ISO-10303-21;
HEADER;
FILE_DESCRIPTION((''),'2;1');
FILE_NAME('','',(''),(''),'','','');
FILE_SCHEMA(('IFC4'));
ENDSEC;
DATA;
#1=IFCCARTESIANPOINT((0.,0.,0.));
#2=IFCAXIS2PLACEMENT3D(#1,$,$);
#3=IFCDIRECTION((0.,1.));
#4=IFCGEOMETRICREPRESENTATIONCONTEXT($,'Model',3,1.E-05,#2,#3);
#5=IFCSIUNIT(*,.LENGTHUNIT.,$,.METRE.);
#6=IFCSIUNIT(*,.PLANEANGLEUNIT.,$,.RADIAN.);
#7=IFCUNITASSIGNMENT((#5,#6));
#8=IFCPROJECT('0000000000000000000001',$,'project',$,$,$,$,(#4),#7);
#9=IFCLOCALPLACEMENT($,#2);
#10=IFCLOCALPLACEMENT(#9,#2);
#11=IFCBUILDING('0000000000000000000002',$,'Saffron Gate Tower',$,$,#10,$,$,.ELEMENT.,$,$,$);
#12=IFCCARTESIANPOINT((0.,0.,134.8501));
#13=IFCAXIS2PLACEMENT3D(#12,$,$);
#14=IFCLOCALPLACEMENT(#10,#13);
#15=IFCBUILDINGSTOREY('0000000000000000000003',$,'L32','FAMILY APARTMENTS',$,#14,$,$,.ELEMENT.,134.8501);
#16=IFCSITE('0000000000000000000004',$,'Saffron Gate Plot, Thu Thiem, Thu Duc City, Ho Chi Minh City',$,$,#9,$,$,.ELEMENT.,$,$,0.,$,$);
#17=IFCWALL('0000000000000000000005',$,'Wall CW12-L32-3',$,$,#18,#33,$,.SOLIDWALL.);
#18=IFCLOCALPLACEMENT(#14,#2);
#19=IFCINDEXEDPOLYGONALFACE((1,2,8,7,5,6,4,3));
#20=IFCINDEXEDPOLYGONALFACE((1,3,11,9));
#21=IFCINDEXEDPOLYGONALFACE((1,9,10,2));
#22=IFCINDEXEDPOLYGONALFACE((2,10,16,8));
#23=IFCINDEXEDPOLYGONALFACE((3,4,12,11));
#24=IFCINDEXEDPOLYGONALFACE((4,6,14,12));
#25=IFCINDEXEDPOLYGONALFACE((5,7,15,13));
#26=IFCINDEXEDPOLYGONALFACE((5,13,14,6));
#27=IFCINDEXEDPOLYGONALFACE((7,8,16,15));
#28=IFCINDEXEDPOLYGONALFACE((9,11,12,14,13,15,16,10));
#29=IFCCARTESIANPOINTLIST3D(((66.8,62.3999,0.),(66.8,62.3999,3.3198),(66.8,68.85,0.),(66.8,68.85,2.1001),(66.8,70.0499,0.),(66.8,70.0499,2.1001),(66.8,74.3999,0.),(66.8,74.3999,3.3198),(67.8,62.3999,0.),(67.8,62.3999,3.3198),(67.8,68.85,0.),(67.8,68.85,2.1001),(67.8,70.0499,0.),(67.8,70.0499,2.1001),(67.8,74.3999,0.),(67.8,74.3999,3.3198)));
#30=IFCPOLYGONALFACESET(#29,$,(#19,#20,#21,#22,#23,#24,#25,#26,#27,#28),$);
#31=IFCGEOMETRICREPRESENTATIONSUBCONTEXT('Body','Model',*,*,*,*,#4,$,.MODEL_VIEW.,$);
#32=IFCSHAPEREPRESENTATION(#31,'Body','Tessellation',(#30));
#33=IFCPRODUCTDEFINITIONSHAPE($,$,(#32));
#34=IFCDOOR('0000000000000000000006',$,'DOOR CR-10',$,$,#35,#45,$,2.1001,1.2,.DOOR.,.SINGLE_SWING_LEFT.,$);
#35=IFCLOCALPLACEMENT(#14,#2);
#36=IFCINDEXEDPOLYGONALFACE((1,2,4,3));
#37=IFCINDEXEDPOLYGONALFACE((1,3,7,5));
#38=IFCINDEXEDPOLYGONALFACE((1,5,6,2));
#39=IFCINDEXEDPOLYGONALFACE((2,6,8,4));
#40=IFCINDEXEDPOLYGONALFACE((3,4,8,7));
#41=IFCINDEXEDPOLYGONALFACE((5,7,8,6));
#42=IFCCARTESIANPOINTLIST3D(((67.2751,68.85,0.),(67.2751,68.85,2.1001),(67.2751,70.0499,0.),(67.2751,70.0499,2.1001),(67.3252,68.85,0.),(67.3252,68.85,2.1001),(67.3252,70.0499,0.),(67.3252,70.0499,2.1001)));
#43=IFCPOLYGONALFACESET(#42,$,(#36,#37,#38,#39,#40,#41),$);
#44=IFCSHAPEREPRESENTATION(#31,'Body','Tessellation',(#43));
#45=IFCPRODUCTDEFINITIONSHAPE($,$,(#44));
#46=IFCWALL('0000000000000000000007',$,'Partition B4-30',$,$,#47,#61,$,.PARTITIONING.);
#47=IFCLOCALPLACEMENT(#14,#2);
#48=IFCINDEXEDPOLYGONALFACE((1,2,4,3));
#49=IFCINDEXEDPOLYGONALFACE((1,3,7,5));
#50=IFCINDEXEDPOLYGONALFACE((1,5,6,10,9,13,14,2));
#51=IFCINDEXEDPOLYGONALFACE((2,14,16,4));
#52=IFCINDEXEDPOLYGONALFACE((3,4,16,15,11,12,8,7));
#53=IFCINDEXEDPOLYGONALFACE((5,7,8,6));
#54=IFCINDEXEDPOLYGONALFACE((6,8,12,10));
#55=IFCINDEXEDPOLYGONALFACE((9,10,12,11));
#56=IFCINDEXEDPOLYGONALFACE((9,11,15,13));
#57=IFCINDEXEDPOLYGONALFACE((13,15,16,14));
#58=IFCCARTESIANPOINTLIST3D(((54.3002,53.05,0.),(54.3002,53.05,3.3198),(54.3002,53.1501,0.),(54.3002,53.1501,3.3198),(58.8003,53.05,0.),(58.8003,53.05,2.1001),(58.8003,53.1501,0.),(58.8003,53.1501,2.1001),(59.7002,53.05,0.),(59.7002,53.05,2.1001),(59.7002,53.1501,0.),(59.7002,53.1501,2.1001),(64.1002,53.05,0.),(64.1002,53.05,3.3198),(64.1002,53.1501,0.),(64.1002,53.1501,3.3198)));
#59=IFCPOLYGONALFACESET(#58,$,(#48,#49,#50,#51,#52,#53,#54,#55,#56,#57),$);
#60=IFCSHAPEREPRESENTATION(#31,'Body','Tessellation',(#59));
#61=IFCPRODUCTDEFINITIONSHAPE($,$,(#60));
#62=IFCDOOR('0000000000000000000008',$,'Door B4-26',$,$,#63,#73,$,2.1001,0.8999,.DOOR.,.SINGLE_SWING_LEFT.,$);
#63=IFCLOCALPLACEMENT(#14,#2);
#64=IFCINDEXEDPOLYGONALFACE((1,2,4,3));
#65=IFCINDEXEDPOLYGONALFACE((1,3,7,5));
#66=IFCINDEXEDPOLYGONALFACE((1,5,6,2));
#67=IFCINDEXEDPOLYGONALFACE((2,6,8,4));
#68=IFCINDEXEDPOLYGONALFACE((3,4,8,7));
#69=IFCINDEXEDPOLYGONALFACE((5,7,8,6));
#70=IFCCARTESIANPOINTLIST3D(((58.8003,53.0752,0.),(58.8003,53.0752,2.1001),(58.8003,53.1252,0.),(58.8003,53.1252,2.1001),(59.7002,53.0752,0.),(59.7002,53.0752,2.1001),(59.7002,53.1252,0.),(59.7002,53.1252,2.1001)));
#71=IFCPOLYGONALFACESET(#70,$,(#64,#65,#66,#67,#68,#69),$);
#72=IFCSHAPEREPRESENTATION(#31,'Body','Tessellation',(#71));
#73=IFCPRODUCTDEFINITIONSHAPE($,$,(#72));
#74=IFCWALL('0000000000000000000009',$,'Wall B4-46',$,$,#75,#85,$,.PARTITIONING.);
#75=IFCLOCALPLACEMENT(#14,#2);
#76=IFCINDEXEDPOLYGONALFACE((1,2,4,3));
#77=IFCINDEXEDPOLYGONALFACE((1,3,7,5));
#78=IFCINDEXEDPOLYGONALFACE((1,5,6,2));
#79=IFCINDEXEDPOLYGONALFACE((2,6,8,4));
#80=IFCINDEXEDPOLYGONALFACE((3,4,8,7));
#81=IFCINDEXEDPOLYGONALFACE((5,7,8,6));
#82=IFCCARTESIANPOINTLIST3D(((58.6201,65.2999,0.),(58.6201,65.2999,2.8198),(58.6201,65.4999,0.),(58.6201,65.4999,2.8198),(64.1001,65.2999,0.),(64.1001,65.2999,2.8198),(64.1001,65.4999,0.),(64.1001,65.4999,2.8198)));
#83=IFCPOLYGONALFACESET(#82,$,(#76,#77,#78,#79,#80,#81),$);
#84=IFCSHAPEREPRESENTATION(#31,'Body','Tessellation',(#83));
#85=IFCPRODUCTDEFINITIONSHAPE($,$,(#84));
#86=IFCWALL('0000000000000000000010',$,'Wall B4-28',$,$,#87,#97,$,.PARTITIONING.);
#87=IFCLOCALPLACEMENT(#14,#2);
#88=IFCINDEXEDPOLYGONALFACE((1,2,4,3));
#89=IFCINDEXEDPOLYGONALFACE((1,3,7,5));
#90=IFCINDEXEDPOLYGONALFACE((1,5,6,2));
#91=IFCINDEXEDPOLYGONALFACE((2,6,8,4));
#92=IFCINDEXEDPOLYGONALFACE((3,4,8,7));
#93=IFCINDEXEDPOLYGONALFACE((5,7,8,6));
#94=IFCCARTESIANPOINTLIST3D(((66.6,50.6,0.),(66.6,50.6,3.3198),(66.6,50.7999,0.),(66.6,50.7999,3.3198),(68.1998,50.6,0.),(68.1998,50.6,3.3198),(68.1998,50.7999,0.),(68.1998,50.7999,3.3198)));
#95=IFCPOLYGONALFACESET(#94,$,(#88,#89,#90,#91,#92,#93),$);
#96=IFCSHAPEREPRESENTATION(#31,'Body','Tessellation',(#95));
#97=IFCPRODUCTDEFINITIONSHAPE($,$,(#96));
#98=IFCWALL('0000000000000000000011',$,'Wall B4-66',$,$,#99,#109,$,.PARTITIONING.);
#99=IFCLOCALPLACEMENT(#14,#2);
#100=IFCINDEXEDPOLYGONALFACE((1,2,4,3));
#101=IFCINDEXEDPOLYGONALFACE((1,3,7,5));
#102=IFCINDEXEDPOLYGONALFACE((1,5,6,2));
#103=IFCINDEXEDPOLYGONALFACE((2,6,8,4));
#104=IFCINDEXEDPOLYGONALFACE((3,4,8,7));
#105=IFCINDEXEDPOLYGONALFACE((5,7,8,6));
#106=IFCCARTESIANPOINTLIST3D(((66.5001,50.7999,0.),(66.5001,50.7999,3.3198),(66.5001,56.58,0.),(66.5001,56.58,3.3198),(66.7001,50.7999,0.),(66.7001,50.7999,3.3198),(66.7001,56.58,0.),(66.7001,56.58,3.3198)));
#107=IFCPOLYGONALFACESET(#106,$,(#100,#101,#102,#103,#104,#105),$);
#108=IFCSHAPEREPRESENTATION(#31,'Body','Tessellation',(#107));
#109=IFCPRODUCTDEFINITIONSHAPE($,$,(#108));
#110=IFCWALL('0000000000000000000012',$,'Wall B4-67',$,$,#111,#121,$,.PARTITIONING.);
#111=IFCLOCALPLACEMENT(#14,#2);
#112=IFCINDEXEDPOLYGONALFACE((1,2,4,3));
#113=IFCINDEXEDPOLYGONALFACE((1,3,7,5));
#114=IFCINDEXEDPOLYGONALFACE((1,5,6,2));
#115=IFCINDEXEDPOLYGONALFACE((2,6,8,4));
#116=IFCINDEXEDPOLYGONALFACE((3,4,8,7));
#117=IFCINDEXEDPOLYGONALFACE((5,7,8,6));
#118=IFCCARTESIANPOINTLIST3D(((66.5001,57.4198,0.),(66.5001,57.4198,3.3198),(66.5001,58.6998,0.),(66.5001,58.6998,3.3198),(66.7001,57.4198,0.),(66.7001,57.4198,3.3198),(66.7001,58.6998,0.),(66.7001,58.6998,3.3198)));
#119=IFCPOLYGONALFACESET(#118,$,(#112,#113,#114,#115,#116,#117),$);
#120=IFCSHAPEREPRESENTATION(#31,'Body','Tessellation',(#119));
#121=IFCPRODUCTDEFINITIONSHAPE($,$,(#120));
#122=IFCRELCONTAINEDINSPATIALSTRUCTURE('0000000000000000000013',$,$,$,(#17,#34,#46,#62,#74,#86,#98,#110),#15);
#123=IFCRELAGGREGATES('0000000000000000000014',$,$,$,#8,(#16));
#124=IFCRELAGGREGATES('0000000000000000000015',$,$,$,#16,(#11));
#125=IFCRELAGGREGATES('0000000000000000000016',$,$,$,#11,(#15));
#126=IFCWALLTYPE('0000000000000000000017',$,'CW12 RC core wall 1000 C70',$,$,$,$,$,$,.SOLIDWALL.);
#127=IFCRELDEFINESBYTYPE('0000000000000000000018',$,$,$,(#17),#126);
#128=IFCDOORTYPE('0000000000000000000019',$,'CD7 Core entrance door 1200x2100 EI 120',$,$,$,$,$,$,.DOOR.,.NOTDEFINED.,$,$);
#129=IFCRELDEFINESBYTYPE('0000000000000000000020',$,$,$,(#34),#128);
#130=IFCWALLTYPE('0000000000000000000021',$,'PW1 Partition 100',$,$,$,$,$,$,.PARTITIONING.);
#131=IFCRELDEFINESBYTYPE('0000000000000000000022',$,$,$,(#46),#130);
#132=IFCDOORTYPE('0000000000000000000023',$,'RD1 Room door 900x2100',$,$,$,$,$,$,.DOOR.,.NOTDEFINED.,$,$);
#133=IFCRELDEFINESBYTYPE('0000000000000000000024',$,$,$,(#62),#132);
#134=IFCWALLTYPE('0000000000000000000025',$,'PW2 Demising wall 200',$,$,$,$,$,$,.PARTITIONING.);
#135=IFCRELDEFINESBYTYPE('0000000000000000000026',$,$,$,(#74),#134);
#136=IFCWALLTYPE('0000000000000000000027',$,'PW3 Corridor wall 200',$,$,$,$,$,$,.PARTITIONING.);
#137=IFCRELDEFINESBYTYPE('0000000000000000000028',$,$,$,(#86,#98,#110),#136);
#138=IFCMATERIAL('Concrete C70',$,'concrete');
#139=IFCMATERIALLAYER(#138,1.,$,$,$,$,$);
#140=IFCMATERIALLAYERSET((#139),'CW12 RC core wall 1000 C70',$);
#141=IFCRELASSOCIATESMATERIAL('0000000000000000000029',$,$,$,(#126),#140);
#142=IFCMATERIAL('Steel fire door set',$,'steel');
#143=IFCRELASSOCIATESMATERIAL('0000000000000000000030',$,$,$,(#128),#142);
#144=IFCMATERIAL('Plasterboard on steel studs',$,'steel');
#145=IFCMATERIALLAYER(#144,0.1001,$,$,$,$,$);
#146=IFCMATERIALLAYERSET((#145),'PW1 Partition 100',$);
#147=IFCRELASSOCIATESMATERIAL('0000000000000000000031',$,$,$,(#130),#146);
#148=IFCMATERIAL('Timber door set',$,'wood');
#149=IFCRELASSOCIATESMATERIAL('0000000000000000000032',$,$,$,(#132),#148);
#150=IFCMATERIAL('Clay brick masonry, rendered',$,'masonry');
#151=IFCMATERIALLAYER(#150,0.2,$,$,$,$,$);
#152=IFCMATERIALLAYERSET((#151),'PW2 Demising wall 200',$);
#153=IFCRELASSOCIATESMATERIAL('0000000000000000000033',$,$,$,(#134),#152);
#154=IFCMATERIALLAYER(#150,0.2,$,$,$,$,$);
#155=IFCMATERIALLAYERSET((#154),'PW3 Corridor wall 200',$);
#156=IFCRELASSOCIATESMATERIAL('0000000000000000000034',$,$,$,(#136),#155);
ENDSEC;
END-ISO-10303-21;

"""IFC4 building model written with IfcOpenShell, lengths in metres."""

from ifc_helpers import new_model, si_unit, direction, frame, frame_2d, origin, place, context, subcontext, project, spatial, rectangle, extrude, material, layer, layer_set, type_object, element, fill, save


model = new_model("IFC4")

# Units and contexts
model_context = context("Model", 3, precision=1e-05, world=origin(), true_north=direction((0.0, 1.0)))
body_context = subcontext(model_context, "Body", "Model", "MODEL_VIEW")
ifc_project = project(units=[si_unit("LENGTHUNIT", "METRE"), si_unit("PLANEANGLEUNIT", "RADIAN")], contexts=[model_context])

# Site, building, storey
site_placement = place(None, origin())
site = spatial("IfcSite", under=ifc_project, at=site_placement, Name="Saffron Gate Plot, Thu Thiem, Thu Duc City, Ho Chi Minh City", CompositionType="ELEMENT", RefElevation=0.0)
building_placement = place(site_placement, origin())
building = spatial("IfcBuilding", under=site, at=building_placement, Name="Saffron Gate Tower", CompositionType="ELEMENT")
storey_placement = place(building_placement, frame((0.0, 0.0, 134.8501)))
storey = spatial("IfcBuildingStorey", under=building, at=storey_placement, Name="L32", Description="FAMILY APARTMENTS", CompositionType="ELEMENT", Elevation=134.8501)

# Walls, openings, doors
ifc_material_1 = material(Name="Concrete C70", Category="concrete")
ifc_layer_1 = layer(ifc_material_1, 1.0)
ifc_layer_set_1 = layer_set([ifc_layer_1], Name="CW12 RC core wall 1000 C70")
wall_type_1 = type_object("IfcWallType", Name="CW12 RC core wall 1000 C70", PredefinedType="SOLIDWALL", material=ifc_layer_set_1)
ifc_material_2 = material(Name="Steel fire door set", Category="steel")
wall_1_placement = place(storey_placement, frame((67.3, 62.3999, 0.0), z_axis=(0.0, 0.0, 1.0), x_axis=(0.0, 1.0, 0.0)))
wall_1 = element("IfcWall", 1, at=wall_1_placement, inside=storey, type_object=wall_type_1, Name="Wall CW12-L32-3", PredefinedType="SOLIDWALL", context=body_context, shape_type="SweptSolid", body=[
    extrude(rectangle(XDim=12.0, YDim=1.0, at=frame_2d((6.0, 0.0))), origin(), (0.0, 0.0, 1.0), 3.3198),
])
opening_1_placement = place(wall_1_placement, frame((6.45, 0.0, 0.0)))
opening_1 = element("IfcOpeningElement", 2, at=opening_1_placement, cuts=wall_1, PredefinedType="OPENING", context=body_context, shape_type="SweptSolid", body=[
    extrude(rectangle(XDim=1.2, YDim=2.1001, at=frame_2d((0.6001, 1.05))), frame((0.0, 0.51, 0.0), z_axis=(0.0, -1.0, 0.0), x_axis=(1.0, 0.0, 0.0)), (0.0, 0.0, 1.0), 1.02),
])
door_type_1 = type_object("IfcDoorType", Name="CD7 Core entrance door 1200x2100 EI 120", OperationType="NOTDEFINED", PredefinedType="DOOR", material=ifc_material_2)
door_1_placement = place(opening_1_placement, origin())
door_1 = element("IfcDoor", 3, at=door_1_placement, inside=storey, type_object=door_type_1, Name="DOOR CR-10", OperationType="SINGLE_SWING_LEFT", OverallHeight=2.1001, OverallWidth=1.2, PredefinedType="DOOR", context=body_context, shape_type="SweptSolid", body=[
    extrude(rectangle(XDim=1.2, YDim=2.1001, at=frame_2d((0.6001, 1.05))), frame((0.0, 0.0249, 0.0), z_axis=(0.0, -1.0, 0.0), x_axis=(1.0, 0.0, 0.0)), (0.0, 0.0, 1.0), 0.05),
])
fill(opening_1, door_1)
ifc_material_3 = material(Name="Plasterboard on steel studs", Category="steel")
ifc_layer_2 = layer(ifc_material_3, 0.1001)
ifc_layer_set_2 = layer_set([ifc_layer_2], Name="PW1 Partition 100")
wall_type_2 = type_object("IfcWallType", Name="PW1 Partition 100", PredefinedType="PARTITIONING", material=ifc_layer_set_2)
wall_2_placement = place(storey_placement, frame((64.1001, 53.1001, 0.0), z_axis=(0.0, 0.0, 1.0), x_axis=(-1.0, 0.0, 0.0)))
wall_2 = element("IfcWall", 4, at=wall_2_placement, inside=storey, type_object=wall_type_2, Name="Partition B4-30", PredefinedType="PARTITIONING", context=body_context, shape_type="SweptSolid", body=[
    extrude(rectangle(XDim=9.8, YDim=0.1001, at=frame_2d((4.8999, 0.0))), origin(), (0.0, 0.0, 1.0), 3.3198),
])
opening_2_placement = place(wall_2_placement, frame((4.3999, 0.0, 0.0)))
opening_2 = element("IfcOpeningElement", 5, at=opening_2_placement, cuts=wall_2, PredefinedType="OPENING", context=body_context, shape_type="SweptSolid", body=[
    extrude(rectangle(XDim=0.8999, YDim=2.1001, at=frame_2d((0.45, 1.05))), frame((0.0, 0.0601, 0.0), z_axis=(0.0, -1.0, 0.0), x_axis=(1.0, 0.0, 0.0)), (0.0, 0.0, 1.0), 0.1201),
])
ifc_material_4 = material(Name="Timber door set", Category="wood")
door_type_2 = type_object("IfcDoorType", Name="RD1 Room door 900x2100", OperationType="NOTDEFINED", PredefinedType="DOOR", material=ifc_material_4)
door_2_placement = place(opening_2_placement, origin())
door_2 = element("IfcDoor", 6, at=door_2_placement, inside=storey, type_object=door_type_2, Name="Door B4-26", OperationType="SINGLE_SWING_LEFT", OverallHeight=2.1001, OverallWidth=0.8999, PredefinedType="DOOR", context=body_context, shape_type="SweptSolid", body=[
    extrude(rectangle(XDim=0.8999, YDim=2.1001, at=frame_2d((0.45, 1.05))), frame((0.0, 0.0249, 0.0), z_axis=(0.0, -1.0, 0.0), x_axis=(1.0, 0.0, 0.0)), (0.0, 0.0, 1.0), 0.05),
])
fill(opening_2, door_2)

# Walls
ifc_material_5 = material(Name="Clay brick masonry, rendered", Category="masonry")
ifc_layer_3 = layer(ifc_material_5, 0.2)
ifc_layer_set_3 = layer_set([ifc_layer_3], Name="PW2 Demising wall 200")
wall_type_3 = type_object("IfcWallType", Name="PW2 Demising wall 200", PredefinedType="PARTITIONING", material=ifc_layer_set_3)
wall_3_placement = place(storey_placement, frame((58.6201, 65.3999, 0.0), z_axis=(0.0, 0.0, 1.0), x_axis=(1.0, 0.0, 0.0)))
element("IfcWall", 7, at=wall_3_placement, inside=storey, type_object=wall_type_3, Name="Wall B4-46", PredefinedType="PARTITIONING", context=body_context, shape_type="SweptSolid", body=[
    extrude(rectangle(XDim=5.48, YDim=0.2, at=frame_2d((2.74, 0.0))), origin(), (0.0, 0.0, 1.0), 2.8198),
])
ifc_layer_4 = layer(ifc_material_5, 0.2)
ifc_layer_set_4 = layer_set([ifc_layer_4], Name="PW3 Corridor wall 200")
wall_type_4 = type_object("IfcWallType", Name="PW3 Corridor wall 200", PredefinedType="PARTITIONING", material=ifc_layer_set_4)
wall_4_placement = place(storey_placement, frame((66.6001, 50.7, 0.0), z_axis=(0.0, 0.0, 1.0), x_axis=(1.0, 0.0, 0.0)))
element("IfcWall", 8, at=wall_4_placement, inside=storey, type_object=wall_type_4, Name="Wall B4-28", PredefinedType="PARTITIONING", context=body_context, shape_type="SweptSolid", body=[
    extrude(rectangle(XDim=1.5999, YDim=0.2, at=frame_2d((0.7998, 0.0))), origin(), (0.0, 0.0, 1.0), 3.3198),
])
wall_5_placement = place(storey_placement, frame((66.6001, 56.5801, 0.0), z_axis=(0.0, 0.0, 1.0), x_axis=(0.0, -1.0, 0.0)))
element("IfcWall", 9, at=wall_5_placement, inside=storey, type_object=wall_type_4, Name="Wall B4-66", PredefinedType="PARTITIONING", context=body_context, shape_type="SweptSolid", body=[
    extrude(rectangle(XDim=5.78, YDim=0.2, at=frame_2d((2.8901, 0.0))), origin(), (0.0, 0.0, 1.0), 3.3198),
])
wall_6_placement = place(storey_placement, frame((66.6001, 58.7, 0.0), z_axis=(0.0, 0.0, 1.0), x_axis=(0.0, -1.0, 0.0)))
element("IfcWall", 10, at=wall_6_placement, inside=storey, type_object=wall_type_4, Name="Wall B4-67", PredefinedType="PARTITIONING", context=body_context, shape_type="SweptSolid", body=[
    extrude(rectangle(XDim=1.28, YDim=0.2, at=frame_2d((0.6401, 0.0))), origin(), (0.0, 0.0, 1.0), 3.3198),
])

save(model, "model.ifc")
